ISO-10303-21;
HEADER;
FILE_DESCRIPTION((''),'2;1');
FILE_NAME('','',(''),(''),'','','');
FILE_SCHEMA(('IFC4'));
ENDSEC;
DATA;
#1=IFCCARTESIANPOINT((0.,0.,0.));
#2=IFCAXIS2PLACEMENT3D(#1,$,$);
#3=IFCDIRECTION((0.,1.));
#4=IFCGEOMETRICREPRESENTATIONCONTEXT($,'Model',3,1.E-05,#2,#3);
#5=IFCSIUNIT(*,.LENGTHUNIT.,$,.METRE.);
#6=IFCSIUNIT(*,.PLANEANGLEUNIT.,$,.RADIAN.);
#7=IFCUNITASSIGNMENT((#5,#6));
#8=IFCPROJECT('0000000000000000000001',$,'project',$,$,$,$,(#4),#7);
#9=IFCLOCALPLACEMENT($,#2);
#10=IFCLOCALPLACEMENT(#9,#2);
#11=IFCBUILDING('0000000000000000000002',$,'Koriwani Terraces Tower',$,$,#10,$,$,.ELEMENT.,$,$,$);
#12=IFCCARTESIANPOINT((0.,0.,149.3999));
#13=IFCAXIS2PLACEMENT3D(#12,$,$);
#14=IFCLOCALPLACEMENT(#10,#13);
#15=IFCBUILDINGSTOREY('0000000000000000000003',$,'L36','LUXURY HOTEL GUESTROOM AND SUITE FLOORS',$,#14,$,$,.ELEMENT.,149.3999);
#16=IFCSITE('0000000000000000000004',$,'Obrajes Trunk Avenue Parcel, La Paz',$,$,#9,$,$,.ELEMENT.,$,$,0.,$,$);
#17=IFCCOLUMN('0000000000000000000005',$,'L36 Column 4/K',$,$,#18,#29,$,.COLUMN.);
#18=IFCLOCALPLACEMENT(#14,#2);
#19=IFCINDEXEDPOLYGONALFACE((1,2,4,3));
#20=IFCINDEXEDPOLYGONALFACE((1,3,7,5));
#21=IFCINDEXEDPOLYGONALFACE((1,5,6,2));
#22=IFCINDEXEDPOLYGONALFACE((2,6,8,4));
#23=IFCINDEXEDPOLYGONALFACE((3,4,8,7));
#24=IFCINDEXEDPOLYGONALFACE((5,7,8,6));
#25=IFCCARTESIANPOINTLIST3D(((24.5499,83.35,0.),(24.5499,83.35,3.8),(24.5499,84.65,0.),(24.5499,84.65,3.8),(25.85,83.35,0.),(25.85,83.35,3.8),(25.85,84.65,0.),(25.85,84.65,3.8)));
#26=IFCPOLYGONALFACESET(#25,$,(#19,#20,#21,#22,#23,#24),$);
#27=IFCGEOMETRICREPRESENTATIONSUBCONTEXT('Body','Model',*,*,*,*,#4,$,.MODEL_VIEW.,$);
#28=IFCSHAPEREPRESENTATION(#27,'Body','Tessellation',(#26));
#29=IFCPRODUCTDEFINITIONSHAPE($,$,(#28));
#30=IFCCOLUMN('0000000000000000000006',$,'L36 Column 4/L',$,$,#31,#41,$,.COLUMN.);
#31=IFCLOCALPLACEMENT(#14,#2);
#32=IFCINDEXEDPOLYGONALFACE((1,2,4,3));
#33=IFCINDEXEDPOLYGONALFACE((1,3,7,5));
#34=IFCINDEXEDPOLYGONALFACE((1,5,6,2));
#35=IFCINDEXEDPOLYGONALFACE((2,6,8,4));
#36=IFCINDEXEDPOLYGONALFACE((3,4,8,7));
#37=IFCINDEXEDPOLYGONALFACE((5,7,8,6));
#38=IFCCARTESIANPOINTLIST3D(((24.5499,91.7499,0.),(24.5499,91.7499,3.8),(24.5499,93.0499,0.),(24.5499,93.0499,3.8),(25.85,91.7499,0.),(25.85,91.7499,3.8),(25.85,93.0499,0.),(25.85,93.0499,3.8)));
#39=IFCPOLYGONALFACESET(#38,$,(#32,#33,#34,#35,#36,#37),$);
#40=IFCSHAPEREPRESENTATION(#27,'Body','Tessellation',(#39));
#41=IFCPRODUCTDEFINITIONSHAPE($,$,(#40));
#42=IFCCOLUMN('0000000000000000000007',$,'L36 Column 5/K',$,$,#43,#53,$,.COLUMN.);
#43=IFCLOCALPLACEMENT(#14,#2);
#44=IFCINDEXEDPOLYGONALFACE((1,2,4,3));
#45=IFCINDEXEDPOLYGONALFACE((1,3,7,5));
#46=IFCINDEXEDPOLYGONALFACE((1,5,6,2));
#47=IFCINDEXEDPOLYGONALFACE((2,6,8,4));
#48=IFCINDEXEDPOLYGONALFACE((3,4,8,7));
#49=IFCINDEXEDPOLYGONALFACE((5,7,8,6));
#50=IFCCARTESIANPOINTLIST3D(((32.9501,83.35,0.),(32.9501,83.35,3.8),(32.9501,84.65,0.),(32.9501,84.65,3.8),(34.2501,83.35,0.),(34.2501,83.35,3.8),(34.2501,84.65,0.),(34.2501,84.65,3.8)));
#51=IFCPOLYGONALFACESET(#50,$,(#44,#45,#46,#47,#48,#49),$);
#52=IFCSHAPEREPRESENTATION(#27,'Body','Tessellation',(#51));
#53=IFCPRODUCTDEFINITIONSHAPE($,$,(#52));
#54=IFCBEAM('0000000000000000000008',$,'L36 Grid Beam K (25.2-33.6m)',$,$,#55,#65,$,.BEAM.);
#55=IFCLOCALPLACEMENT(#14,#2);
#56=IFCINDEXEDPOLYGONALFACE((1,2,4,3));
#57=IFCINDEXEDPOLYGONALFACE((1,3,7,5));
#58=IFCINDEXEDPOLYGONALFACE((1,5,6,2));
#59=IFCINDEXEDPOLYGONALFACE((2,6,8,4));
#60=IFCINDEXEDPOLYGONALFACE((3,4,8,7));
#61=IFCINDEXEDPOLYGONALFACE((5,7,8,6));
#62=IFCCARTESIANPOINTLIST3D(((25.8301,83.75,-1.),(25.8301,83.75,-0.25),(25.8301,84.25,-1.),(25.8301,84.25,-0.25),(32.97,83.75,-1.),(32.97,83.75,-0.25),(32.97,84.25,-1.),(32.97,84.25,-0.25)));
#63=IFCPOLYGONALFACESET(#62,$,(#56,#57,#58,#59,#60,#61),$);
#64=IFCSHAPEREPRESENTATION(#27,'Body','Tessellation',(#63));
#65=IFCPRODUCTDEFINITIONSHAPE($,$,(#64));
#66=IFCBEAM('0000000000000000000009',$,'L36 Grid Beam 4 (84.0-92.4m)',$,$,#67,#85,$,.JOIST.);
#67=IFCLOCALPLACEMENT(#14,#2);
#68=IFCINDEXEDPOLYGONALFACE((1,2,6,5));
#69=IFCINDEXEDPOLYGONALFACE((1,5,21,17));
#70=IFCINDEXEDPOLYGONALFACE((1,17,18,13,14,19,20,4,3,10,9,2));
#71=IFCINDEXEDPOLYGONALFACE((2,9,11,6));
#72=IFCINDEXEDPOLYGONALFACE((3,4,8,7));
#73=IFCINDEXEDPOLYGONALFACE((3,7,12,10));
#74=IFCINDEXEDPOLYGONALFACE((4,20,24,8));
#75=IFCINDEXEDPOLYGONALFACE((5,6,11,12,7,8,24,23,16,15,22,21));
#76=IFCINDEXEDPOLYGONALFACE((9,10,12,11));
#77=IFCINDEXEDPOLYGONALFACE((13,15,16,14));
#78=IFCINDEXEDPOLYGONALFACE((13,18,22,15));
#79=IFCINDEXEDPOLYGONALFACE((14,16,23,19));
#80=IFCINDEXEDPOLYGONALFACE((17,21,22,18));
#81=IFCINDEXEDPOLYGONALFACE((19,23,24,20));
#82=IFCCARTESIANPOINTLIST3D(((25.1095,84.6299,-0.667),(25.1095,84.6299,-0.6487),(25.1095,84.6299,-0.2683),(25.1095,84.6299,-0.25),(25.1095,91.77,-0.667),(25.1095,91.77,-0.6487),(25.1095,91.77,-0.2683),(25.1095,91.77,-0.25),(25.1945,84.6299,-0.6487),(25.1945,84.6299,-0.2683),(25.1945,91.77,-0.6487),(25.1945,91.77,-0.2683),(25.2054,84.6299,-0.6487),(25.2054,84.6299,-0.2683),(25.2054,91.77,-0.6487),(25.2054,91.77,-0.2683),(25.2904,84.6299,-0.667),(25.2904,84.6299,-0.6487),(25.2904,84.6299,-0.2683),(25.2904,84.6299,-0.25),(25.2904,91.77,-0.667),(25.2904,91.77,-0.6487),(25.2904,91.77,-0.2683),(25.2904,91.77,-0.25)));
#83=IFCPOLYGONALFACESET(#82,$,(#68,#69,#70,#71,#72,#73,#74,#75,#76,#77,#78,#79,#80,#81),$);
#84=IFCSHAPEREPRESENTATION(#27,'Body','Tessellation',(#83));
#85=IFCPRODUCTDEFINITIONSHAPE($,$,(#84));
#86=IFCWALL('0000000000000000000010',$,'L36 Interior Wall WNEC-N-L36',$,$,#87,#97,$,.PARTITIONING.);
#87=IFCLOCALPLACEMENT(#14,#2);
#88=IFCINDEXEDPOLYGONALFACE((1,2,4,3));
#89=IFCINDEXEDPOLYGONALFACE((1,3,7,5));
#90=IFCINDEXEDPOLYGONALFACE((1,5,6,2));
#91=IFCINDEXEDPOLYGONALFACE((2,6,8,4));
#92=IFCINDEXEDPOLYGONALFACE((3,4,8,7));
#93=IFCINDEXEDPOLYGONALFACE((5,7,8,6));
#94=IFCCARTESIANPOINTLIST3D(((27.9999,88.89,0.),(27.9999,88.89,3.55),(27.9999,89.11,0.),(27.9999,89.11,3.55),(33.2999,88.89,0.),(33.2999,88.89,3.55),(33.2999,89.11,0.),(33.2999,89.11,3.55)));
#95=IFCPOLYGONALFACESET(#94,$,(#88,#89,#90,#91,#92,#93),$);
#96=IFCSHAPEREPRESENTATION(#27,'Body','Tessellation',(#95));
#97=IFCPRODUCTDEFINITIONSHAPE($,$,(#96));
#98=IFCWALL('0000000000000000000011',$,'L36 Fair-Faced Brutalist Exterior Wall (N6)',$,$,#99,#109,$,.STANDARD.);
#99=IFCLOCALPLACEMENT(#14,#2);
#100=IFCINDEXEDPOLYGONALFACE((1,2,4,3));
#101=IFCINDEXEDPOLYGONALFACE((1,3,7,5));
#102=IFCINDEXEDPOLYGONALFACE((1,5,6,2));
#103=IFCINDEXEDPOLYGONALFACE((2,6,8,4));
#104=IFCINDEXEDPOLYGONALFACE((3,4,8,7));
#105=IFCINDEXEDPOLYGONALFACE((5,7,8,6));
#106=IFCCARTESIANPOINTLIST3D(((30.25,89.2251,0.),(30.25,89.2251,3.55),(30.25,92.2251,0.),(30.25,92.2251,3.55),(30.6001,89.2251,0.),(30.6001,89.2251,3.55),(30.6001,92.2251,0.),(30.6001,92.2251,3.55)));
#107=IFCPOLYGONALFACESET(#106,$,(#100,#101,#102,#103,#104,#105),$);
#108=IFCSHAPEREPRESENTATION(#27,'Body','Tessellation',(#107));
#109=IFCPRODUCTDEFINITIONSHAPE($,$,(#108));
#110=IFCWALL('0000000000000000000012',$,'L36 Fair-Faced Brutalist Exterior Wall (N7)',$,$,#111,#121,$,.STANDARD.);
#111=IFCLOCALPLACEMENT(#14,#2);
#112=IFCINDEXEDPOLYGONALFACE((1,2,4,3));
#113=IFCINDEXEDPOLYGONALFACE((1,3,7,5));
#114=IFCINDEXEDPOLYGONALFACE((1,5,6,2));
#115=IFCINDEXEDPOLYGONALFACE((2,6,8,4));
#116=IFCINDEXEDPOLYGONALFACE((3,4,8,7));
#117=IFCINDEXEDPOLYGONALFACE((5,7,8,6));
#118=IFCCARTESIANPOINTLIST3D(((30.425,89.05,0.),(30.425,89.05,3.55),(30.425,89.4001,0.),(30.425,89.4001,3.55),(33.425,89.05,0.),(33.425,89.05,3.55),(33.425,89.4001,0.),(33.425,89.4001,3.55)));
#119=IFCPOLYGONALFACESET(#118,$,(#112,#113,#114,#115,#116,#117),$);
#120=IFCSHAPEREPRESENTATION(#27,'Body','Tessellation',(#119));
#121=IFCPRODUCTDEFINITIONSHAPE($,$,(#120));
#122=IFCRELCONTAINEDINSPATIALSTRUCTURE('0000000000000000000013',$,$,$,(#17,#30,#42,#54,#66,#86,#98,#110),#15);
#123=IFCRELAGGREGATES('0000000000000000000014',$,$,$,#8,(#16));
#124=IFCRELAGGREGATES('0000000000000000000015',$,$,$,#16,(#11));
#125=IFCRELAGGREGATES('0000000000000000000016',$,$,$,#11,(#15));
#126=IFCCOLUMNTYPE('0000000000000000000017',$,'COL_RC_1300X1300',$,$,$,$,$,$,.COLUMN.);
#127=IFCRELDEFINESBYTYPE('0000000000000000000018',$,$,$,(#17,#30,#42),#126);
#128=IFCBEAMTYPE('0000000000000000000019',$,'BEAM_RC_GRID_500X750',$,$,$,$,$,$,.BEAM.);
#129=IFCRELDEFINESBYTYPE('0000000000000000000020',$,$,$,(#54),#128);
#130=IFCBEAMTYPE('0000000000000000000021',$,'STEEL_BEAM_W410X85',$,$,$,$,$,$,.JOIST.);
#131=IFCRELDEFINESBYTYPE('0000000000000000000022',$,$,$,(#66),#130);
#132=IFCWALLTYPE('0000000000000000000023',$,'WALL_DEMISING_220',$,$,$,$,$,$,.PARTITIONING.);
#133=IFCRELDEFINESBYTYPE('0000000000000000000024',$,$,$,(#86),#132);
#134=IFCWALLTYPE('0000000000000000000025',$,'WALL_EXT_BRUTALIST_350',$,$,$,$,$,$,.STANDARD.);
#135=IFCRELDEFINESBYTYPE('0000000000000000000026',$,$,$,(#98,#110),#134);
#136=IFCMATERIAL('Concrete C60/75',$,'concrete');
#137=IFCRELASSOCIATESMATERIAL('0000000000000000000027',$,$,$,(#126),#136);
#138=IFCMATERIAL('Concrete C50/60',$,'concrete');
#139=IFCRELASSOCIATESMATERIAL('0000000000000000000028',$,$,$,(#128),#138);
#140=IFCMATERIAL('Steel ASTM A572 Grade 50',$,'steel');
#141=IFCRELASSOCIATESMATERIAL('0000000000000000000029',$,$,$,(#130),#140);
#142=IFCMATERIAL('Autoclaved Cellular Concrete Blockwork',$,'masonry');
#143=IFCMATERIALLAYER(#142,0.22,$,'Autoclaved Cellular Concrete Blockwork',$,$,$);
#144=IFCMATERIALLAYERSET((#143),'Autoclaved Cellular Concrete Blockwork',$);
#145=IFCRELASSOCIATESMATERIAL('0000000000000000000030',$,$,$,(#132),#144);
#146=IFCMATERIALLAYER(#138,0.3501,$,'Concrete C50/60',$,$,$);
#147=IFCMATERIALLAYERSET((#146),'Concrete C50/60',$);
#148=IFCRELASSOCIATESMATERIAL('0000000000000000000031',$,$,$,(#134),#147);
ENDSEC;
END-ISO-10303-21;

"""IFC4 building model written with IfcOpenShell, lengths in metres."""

from ifc_helpers import new_model, si_unit, direction, frame, frame_2d, origin, origin_2d, place, context, subcontext, project, spatial, rectangle, i_section, extrude, material, layer, layer_set, material_profile, profile_set, type_object, element, save


model = new_model("IFC4")

# Units and contexts
model_context = context("Model", 3, precision=1e-05, world=origin(), true_north=direction((0.0, 1.0)))
body_context = subcontext(model_context, "Body", "Model", "MODEL_VIEW")
ifc_project = project(units=[si_unit("LENGTHUNIT", "METRE"), si_unit("PLANEANGLEUNIT", "RADIAN")], contexts=[model_context])

# Site, building, storey
site_placement = place(None, origin())
site = spatial("IfcSite", under=ifc_project, at=site_placement, Name="Obrajes Trunk Avenue Parcel, La Paz", CompositionType="ELEMENT", RefElevation=0.0)
building_placement = place(site_placement, origin())
building = spatial("IfcBuilding", under=site, at=building_placement, Name="Koriwani Terraces Tower", CompositionType="ELEMENT")
storey_placement = place(building_placement, frame((0.0, 0.0, 149.3999)))
storey = spatial("IfcBuildingStorey", under=building, at=storey_placement, Name="L36", Description="LUXURY HOTEL GUESTROOM AND SUITE FLOORS", CompositionType="ELEMENT", Elevation=149.3999)

# Columns
ifc_material_1 = material(Name="Concrete C60/75", Category="concrete")
ifc_material_profile_1 = material_profile(ifc_material_1, rectangle(XDim=1.3, YDim=1.3, at=origin_2d()), Name="Concrete C60/75", Category="LoadBearing")
ifc_profile_set_1 = profile_set([ifc_material_profile_1], Name="Concrete C60/75")
column_type = type_object("IfcColumnType", Name="COL_RC_1300X1300", PredefinedType="COLUMN", material=ifc_profile_set_1)
for number, where, z_axis, x_axis, name in (
    (1, (25.2, 84.0, 0.0), (0.0, 0.0, 1.0), (1.0, 0.0, 0.0), "L36 Column 4/K"),
    (2, (25.2, 92.3999, 0.0), (0.0, 0.0, 1.0), (1.0, 0.0, 0.0), "L36 Column 4/L"),
    (3, (33.6001, 84.0, 0.0), (0.0, 0.0, 1.0), (1.0, 0.0, 0.0), "L36 Column 5/K"),
):
    element("IfcColumn", number, at=place(storey_placement, frame(where, z_axis=z_axis, x_axis=x_axis)), inside=storey, type_object=column_type, Name=name, PredefinedType="COLUMN", context=body_context, shape_type="SweptSolid", body=[
        extrude(rectangle(XDim=1.3, YDim=1.3, at=origin_2d()), origin(), (0.0, 0.0, 1.0), 3.8),
    ])

# Beams
ifc_material_2 = material(Name="Concrete C50/60", Category="concrete")
ifc_material_profile_2 = material_profile(ifc_material_2, rectangle(XDim=0.5, YDim=0.75, at=origin_2d()), Name="Concrete C50/60", Category="LoadBearing")
ifc_profile_set_2 = profile_set([ifc_material_profile_2], Name="Concrete C50/60")
beam_type_1 = type_object("IfcBeamType", Name="BEAM_RC_GRID_500X750", PredefinedType="BEAM", material=ifc_profile_set_2)
beam_1_placement = place(storey_placement, frame((25.8301, 84.0, -0.625), z_axis=(1.0, 0.0, 0.0), x_axis=(0.0, 1.0, 0.0)))
element("IfcBeam", 4, at=beam_1_placement, inside=storey, type_object=beam_type_1, Name="L36 Grid Beam K (25.2-33.6m)", PredefinedType="BEAM", context=body_context, shape_type="SweptSolid", body=[
    extrude(rectangle(XDim=0.5, YDim=0.75, at=origin_2d()), origin(), (0.0, 0.0, 1.0), 7.1399),
])
ifc_material_3 = material(Name="Steel ASTM A572 Grade 50", Category="steel")
ifc_material_profile_3 = material_profile(ifc_material_3, i_section(OverallWidth=0.1809, OverallDepth=0.417, WebThickness=0.011, FlangeThickness=0.0183, at=origin_2d()), Name="Steel ASTM A572 Grade 50", Category="LoadBearing")
ifc_profile_set_3 = profile_set([ifc_material_profile_3], Name="Steel ASTM A572 Grade 50")
beam_type_2 = type_object("IfcBeamType", Name="STEEL_BEAM_W410X85", PredefinedType="JOIST", material=ifc_profile_set_3)
beam_2_placement = place(storey_placement, frame((25.2, 84.6299, -0.4585), z_axis=(0.0, 1.0, 0.0), x_axis=(-1.0, 0.0, 0.0)))
element("IfcBeam", 5, at=beam_2_placement, inside=storey, type_object=beam_type_2, Name="L36 Grid Beam 4 (84.0-92.4m)", PredefinedType="JOIST", context=body_context, shape_type="SweptSolid", body=[
    extrude(i_section(OverallWidth=0.1809, OverallDepth=0.417, WebThickness=0.011, FlangeThickness=0.0183, at=origin_2d()), origin(), (0.0, 0.0, 1.0), 7.1401),
])

# Walls
ifc_material_4 = material(Name="Autoclaved Cellular Concrete Blockwork", Category="masonry")
ifc_layer_1 = layer(ifc_material_4, 0.22, Name="Autoclaved Cellular Concrete Blockwork")
ifc_layer_set_1 = layer_set([ifc_layer_1], Name="Autoclaved Cellular Concrete Blockwork")
wall_type_1 = type_object("IfcWallType", Name="WALL_DEMISING_220", PredefinedType="PARTITIONING", material=ifc_layer_set_1)
wall_1_placement = place(storey_placement, frame((28.0, 89.0, 0.0), z_axis=(0.0, 0.0, 1.0), x_axis=(1.0, 0.0, 0.0)))
element("IfcWall", 6, at=wall_1_placement, inside=storey, type_object=wall_type_1, Name="L36 Interior Wall WNEC-N-L36", PredefinedType="PARTITIONING", context=body_context, shape_type="SweptSolid", body=[
    extrude(rectangle(XDim=5.3, YDim=0.22, at=frame_2d((2.6499, 0.0))), origin(), (0.0, 0.0, 1.0), 3.55),
])
ifc_layer_2 = layer(ifc_material_2, 0.3501, Name="Concrete C50/60")
ifc_layer_set_2 = layer_set([ifc_layer_2], Name="Concrete C50/60")
wall_type_2 = type_object("IfcWallType", Name="WALL_EXT_BRUTALIST_350", PredefinedType="STANDARD", material=ifc_layer_set_2)
for number, where, z_axis, x_axis, name in (
    (7, (30.425, 92.2251, 0.0), (0.0, 0.0, 1.0), (0.0, -1.0, 0.0), "L36 Fair-Faced Brutalist Exterior Wall (N6)"),
    (8, (30.425, 89.2251, 0.0), (0.0, 0.0, 1.0), (1.0, 0.0, 0.0), "L36 Fair-Faced Brutalist Exterior Wall (N7)"),
):
    element("IfcWall", number, at=place(storey_placement, frame(where, z_axis=z_axis, x_axis=x_axis)), inside=storey, type_object=wall_type_2, Name=name, PredefinedType="STANDARD", context=body_context, shape_type="SweptSolid", body=[
        extrude(rectangle(XDim=3.0, YDim=0.3501, at=frame_2d((1.5, 0.0))), origin(), (0.0, 0.0, 1.0), 3.55),
    ])

save(model, "model.ifc")
